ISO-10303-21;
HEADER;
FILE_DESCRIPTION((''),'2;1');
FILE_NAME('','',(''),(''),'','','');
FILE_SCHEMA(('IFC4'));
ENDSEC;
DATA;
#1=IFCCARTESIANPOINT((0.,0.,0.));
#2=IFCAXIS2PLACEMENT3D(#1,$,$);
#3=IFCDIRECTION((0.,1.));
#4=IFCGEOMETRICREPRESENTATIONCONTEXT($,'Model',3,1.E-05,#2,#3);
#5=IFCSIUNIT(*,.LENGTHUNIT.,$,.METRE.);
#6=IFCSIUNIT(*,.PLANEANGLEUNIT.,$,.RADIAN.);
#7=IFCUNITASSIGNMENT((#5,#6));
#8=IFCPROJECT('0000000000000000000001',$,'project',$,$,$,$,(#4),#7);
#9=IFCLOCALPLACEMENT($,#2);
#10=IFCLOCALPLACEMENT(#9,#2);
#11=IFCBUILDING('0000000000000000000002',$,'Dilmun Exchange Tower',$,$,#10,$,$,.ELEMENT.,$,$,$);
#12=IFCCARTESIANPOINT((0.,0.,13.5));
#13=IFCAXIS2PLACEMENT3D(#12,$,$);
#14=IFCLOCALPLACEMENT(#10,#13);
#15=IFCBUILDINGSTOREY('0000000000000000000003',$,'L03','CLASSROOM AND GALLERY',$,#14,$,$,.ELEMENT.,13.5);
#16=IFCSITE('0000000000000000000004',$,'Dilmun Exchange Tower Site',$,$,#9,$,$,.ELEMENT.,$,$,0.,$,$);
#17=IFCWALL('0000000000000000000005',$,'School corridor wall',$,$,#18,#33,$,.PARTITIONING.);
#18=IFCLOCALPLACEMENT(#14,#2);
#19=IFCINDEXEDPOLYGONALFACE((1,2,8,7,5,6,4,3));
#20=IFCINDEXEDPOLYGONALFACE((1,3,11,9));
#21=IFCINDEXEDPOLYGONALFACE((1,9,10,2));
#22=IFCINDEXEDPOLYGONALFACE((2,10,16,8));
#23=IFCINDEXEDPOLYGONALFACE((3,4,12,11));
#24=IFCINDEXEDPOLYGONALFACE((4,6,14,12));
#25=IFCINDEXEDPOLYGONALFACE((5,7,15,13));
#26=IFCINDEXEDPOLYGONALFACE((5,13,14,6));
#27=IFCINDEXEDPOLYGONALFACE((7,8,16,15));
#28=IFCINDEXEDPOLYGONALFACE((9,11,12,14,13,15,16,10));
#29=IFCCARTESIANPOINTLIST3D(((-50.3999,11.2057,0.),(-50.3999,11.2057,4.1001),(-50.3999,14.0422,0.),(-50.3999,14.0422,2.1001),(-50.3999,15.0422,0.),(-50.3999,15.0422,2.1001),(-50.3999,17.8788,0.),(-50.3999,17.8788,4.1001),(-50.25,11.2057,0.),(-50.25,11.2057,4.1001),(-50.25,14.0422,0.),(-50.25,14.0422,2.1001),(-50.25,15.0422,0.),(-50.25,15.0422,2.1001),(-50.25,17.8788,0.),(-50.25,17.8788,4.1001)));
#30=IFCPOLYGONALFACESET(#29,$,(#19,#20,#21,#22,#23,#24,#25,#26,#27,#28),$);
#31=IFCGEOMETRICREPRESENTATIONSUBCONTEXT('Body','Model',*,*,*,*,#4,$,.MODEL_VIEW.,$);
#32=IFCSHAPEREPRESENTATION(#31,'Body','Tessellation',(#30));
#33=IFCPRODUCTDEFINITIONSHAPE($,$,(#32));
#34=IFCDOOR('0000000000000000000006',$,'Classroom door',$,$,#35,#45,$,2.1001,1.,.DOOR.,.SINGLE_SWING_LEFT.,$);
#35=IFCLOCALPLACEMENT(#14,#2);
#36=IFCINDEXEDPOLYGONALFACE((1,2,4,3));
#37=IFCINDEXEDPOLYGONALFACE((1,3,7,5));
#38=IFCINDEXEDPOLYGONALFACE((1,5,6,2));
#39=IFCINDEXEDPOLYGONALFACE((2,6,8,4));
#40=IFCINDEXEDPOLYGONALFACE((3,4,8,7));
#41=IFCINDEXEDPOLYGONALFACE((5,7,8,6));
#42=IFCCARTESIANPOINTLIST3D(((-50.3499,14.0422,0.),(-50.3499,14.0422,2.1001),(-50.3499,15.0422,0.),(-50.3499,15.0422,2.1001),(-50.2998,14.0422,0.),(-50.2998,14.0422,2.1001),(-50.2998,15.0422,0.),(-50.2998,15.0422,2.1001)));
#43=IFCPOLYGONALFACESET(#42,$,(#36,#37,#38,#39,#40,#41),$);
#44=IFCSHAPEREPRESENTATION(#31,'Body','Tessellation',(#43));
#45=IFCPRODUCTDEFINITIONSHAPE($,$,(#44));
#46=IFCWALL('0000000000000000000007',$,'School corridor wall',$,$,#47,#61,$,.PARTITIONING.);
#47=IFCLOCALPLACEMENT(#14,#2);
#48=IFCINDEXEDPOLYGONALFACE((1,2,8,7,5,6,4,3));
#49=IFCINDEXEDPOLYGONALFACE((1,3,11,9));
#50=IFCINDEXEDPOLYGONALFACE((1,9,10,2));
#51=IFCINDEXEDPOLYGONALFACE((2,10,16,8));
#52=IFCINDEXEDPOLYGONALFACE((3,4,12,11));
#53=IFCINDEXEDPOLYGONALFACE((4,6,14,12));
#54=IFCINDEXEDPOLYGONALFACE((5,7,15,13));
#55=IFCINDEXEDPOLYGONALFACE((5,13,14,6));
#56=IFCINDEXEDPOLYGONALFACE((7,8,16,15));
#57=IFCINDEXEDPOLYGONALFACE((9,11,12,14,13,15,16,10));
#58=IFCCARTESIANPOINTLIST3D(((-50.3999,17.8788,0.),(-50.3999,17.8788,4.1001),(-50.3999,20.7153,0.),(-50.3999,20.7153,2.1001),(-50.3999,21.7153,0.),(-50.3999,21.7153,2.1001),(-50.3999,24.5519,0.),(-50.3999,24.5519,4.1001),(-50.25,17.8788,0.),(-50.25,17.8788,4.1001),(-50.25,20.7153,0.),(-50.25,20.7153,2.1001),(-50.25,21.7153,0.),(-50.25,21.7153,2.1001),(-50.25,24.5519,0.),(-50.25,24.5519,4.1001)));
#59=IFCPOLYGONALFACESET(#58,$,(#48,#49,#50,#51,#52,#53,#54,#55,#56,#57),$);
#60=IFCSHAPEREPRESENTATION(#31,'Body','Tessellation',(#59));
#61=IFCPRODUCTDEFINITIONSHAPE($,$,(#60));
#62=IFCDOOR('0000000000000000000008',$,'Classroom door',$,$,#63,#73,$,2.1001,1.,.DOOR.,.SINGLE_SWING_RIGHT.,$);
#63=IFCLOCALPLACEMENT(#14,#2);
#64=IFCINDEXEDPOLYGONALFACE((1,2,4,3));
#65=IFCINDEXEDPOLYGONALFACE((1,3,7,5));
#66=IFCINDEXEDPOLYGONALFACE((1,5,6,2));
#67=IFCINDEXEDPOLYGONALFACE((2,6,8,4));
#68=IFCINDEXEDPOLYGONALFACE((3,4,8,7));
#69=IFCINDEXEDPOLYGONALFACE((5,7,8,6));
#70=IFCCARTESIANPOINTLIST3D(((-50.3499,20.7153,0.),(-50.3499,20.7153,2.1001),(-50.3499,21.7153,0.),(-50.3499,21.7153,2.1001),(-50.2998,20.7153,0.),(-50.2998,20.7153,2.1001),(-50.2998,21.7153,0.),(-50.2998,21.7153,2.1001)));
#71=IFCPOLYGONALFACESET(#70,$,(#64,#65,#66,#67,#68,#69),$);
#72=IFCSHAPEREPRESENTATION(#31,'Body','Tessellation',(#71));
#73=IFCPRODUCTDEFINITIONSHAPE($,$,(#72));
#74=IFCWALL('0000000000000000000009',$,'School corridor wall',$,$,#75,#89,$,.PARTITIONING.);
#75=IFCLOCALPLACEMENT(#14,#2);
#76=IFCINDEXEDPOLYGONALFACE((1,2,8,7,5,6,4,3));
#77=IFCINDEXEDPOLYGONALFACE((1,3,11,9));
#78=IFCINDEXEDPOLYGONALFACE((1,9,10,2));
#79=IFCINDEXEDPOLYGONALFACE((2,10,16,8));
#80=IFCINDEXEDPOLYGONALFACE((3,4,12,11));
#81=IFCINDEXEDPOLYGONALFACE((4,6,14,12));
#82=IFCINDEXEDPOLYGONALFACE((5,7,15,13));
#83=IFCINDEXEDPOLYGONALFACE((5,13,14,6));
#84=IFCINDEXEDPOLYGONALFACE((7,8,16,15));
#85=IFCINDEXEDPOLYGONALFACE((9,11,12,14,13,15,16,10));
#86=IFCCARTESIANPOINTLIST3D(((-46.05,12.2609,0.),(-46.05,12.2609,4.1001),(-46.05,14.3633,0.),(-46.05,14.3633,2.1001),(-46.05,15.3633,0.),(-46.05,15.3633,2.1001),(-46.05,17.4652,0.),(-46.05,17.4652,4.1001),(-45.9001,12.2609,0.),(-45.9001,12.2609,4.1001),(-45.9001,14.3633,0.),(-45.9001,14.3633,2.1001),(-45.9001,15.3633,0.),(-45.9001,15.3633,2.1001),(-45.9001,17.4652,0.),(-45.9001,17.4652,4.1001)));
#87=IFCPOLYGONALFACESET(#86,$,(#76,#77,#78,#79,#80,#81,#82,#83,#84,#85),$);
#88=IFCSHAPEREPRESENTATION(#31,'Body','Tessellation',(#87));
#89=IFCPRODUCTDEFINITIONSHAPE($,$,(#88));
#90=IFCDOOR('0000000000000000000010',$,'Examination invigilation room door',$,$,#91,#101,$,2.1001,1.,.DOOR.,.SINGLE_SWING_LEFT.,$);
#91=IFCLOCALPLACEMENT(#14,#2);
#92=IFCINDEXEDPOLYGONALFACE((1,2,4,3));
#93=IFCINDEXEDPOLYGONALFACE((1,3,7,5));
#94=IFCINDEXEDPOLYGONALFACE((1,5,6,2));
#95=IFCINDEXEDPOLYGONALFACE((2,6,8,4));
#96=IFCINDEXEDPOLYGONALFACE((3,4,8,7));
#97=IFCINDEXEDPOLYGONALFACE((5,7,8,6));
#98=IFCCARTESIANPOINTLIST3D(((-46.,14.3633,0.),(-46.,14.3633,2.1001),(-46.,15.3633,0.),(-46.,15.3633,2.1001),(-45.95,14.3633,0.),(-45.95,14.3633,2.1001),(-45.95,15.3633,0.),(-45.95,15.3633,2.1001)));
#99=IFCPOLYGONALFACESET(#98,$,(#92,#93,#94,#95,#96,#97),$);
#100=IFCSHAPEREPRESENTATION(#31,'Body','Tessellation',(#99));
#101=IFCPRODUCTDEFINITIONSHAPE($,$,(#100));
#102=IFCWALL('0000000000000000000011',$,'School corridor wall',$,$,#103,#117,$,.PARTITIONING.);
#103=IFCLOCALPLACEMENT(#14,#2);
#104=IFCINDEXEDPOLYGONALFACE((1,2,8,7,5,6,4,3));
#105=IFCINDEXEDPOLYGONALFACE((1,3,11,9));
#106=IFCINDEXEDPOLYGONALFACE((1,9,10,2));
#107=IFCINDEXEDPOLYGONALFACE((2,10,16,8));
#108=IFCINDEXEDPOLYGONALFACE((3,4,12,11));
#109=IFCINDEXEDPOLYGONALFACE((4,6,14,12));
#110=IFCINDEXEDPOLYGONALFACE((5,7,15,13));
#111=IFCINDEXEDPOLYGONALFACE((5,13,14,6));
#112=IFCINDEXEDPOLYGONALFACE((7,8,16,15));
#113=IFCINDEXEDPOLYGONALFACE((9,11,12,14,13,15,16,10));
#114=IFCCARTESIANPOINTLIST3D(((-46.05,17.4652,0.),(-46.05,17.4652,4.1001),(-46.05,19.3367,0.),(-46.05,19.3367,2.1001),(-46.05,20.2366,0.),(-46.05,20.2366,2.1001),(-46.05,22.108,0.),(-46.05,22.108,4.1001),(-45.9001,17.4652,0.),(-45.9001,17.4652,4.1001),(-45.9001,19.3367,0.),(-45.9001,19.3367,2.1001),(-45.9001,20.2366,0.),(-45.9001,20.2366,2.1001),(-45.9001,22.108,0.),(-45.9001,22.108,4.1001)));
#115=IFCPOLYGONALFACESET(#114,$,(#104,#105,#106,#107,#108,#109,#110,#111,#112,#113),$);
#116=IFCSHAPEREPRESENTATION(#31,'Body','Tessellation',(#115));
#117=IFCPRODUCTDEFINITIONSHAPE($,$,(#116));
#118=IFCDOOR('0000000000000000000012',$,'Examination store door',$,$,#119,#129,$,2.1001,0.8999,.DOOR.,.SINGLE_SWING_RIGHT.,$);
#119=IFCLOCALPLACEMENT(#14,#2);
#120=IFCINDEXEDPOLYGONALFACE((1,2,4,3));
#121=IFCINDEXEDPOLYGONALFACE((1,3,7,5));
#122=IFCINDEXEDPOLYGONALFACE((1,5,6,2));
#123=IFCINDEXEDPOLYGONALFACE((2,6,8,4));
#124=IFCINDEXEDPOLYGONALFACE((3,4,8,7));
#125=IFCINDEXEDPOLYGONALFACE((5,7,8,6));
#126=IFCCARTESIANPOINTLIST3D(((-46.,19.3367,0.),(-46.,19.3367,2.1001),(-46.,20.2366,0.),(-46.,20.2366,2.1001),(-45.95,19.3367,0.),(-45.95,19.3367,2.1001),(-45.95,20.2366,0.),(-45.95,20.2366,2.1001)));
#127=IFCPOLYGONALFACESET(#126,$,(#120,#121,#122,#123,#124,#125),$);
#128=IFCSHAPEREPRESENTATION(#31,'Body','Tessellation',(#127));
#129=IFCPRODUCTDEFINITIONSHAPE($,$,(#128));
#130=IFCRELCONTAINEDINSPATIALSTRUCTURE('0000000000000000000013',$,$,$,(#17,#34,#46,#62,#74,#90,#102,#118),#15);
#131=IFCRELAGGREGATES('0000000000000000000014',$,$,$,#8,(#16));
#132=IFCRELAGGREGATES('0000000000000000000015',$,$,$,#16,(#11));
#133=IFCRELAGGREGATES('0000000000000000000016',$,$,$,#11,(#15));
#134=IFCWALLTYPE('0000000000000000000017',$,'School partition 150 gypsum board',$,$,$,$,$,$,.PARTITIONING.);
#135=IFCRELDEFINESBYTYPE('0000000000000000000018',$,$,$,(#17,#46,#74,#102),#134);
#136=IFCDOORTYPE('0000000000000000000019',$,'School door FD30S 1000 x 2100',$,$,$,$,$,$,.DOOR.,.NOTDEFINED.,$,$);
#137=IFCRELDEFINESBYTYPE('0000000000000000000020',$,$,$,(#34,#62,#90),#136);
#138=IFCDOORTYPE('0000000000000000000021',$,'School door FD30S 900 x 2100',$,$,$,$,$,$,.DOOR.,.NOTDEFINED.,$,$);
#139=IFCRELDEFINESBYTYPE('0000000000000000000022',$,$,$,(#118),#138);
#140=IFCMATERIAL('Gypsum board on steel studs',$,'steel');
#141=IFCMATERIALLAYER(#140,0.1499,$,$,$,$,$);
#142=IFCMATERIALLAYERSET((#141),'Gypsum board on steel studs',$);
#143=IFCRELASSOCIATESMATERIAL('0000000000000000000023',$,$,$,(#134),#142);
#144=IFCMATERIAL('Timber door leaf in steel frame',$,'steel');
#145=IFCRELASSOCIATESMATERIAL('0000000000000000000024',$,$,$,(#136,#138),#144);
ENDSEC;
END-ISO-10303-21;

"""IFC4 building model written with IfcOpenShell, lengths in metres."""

from ifc_helpers import new_model, si_unit, direction, frame, frame_2d, origin, place, context, subcontext, project, spatial, rectangle, extrude, material, layer, layer_set, type_object, element, fill, save


model = new_model("IFC4")

# Units and contexts
model_context = context("Model", 3, precision=1e-05, world=origin(), true_north=direction((0.0, 1.0)))
body_context = subcontext(model_context, "Body", "Model", "MODEL_VIEW")
ifc_project = project(units=[si_unit("LENGTHUNIT", "METRE"), si_unit("PLANEANGLEUNIT", "RADIAN")], contexts=[model_context])

# Site, building, storey
site_placement = place(None, origin())
site = spatial("IfcSite", under=ifc_project, at=site_placement, Name="Dilmun Exchange Tower Site", CompositionType="ELEMENT", RefElevation=0.0)
building_placement = place(site_placement, origin())
building = spatial("IfcBuilding", under=site, at=building_placement, Name="Dilmun Exchange Tower", CompositionType="ELEMENT")
storey_placement = place(building_placement, frame((0.0, 0.0, 13.5)))
storey = spatial("IfcBuildingStorey", under=building, at=storey_placement, Name="L03", Description="CLASSROOM AND GALLERY", CompositionType="ELEMENT", Elevation=13.5)

# Shared definitions
ifc_material_1 = material(Name="Gypsum board on steel studs", Category="steel")
ifc_layer_1 = layer(ifc_material_1, 0.1499)
ifc_layer_set_1 = layer_set([ifc_layer_1], Name="Gypsum board on steel studs")
wall_type_1 = type_object("IfcWallType", Name="School partition 150 gypsum board", PredefinedType="PARTITIONING", material=ifc_layer_set_1)

# Walls, openings, doors
ifc_material_2 = material(Name="Timber door leaf in steel frame", Category="steel")
door_type_1 = type_object("IfcDoorType", Name="School door FD30S 1000 x 2100", OperationType="NOTDEFINED", PredefinedType="DOOR", material=ifc_material_2)
wall_1_placement = place(storey_placement, frame((-50.325, 11.2058, 0.0), z_axis=(0.0, 0.0, 1.0), x_axis=(0.0, 1.0, 0.0)))
wall_1 = element("IfcWall", 1, at=wall_1_placement, inside=storey, type_object=wall_type_1, Name="School corridor wall", PredefinedType="PARTITIONING", context=body_context, shape_type="SweptSolid", body=[
    extrude(rectangle(XDim=6.6731, YDim=0.1499, at=frame_2d((3.3364, 0.0))), origin(), (0.0, 0.0, 1.0), 4.1001),
])
opening_1_placement = place(wall_1_placement, frame((2.8364, 0.0, 0.0)))
opening_1 = element("IfcOpeningElement", 2, at=opening_1_placement, cuts=wall_1, PredefinedType="OPENING", context=body_context, shape_type="SweptSolid", body=[
    extrude(rectangle(XDim=1.0, YDim=2.1001, at=frame_2d((0.5, 1.05))), frame((0.0, 0.085, 0.0), z_axis=(0.0, -1.0, 0.0), x_axis=(1.0, 0.0, 0.0)), (0.0, 0.0, 1.0), 0.1699),
])
door_1_placement = place(opening_1_placement, origin())
door_1 = element("IfcDoor", 3, at=door_1_placement, inside=storey, type_object=door_type_1, Name="Classroom door", OperationType="SINGLE_SWING_LEFT", OverallHeight=2.1001, OverallWidth=1.0, PredefinedType="DOOR", context=body_context, shape_type="SweptSolid", body=[
    extrude(rectangle(XDim=1.0, YDim=2.1001, at=frame_2d((0.5, 1.05))), frame((0.0, 0.0249, 0.0), z_axis=(0.0, -1.0, 0.0), x_axis=(1.0, 0.0, 0.0)), (0.0, 0.0, 1.0), 0.05),
])
fill(opening_1, door_1)
wall_2_placement = place(storey_placement, frame((-50.325, 17.8789, 0.0), z_axis=(0.0, 0.0, 1.0), x_axis=(0.0, 1.0, 0.0)))
wall_2 = element("IfcWall", 4, at=wall_2_placement, inside=storey, type_object=wall_type_1, Name="School corridor wall", PredefinedType="PARTITIONING", context=body_context, shape_type="SweptSolid", body=[
    extrude(rectangle(XDim=6.6731, YDim=0.1499, at=frame_2d((3.3364, 0.0))), origin(), (0.0, 0.0, 1.0), 4.1001),
])
opening_2_placement = place(wall_2_placement, frame((2.8364, 0.0, 0.0)))
opening_2 = element("IfcOpeningElement", 5, at=opening_2_placement, cuts=wall_2, PredefinedType="OPENING", context=body_context, shape_type="SweptSolid", body=[
    extrude(rectangle(XDim=1.0, YDim=2.1001, at=frame_2d((0.5, 1.05))), frame((0.0, 0.085, 0.0), z_axis=(0.0, -1.0, 0.0), x_axis=(1.0, 0.0, 0.0)), (0.0, 0.0, 1.0), 0.1699),
])
door_2_placement = place(opening_2_placement, origin())
door_2 = element("IfcDoor", 6, at=door_2_placement, inside=storey, type_object=door_type_1, Name="Classroom door", OperationType="SINGLE_SWING_RIGHT", OverallHeight=2.1001, OverallWidth=1.0, PredefinedType="DOOR", context=body_context, shape_type="SweptSolid", body=[
    extrude(rectangle(XDim=1.0, YDim=2.1001, at=frame_2d((0.5, 1.05))), frame((0.0, 0.0249, 0.0), z_axis=(0.0, -1.0, 0.0), x_axis=(1.0, 0.0, 0.0)), (0.0, 0.0, 1.0), 0.05),
])
fill(opening_2, door_2)
wall_3_placement = place(storey_placement, frame((-45.9751, 12.261, 0.0), z_axis=(0.0, 0.0, 1.0), x_axis=(0.0, 1.0, 0.0)))
wall_3 = element("IfcWall", 7, at=wall_3_placement, inside=storey, type_object=wall_type_1, Name="School corridor wall", PredefinedType="PARTITIONING", context=body_context, shape_type="SweptSolid", body=[
    extrude(rectangle(XDim=5.2043, YDim=0.1499, at=frame_2d((2.6021, 0.0))), origin(), (0.0, 0.0, 1.0), 4.1001),
])
opening_3_placement = place(wall_3_placement, frame((2.1023, 0.0, 0.0)))
opening_3 = element("IfcOpeningElement", 8, at=opening_3_placement, cuts=wall_3, PredefinedType="OPENING", context=body_context, shape_type="SweptSolid", body=[
    extrude(rectangle(XDim=1.0, YDim=2.1001, at=frame_2d((0.5, 1.05))), frame((0.0, 0.085, 0.0), z_axis=(0.0, -1.0, 0.0), x_axis=(1.0, 0.0, 0.0)), (0.0, 0.0, 1.0), 0.1699),
])
door_3_placement = place(opening_3_placement, origin())
door_3 = element("IfcDoor", 9, at=door_3_placement, inside=storey, type_object=door_type_1, Name="Examination invigilation room door", OperationType="SINGLE_SWING_LEFT", OverallHeight=2.1001, OverallWidth=1.0, PredefinedType="DOOR", context=body_context, shape_type="SweptSolid", body=[
    extrude(rectangle(XDim=1.0, YDim=2.1001, at=frame_2d((0.5, 1.05))), frame((0.0, 0.0249, 0.0), z_axis=(0.0, -1.0, 0.0), x_axis=(1.0, 0.0, 0.0)), (0.0, 0.0, 1.0), 0.05),
])
fill(opening_3, door_3)
wall_4_placement = place(storey_placement, frame((-45.9751, 17.4653, 0.0), z_axis=(0.0, 0.0, 1.0), x_axis=(0.0, 1.0, 0.0)))
wall_4 = element("IfcWall", 10, at=wall_4_placement, inside=storey, type_object=wall_type_1, Name="School corridor wall", PredefinedType="PARTITIONING", context=body_context, shape_type="SweptSolid", body=[
    extrude(rectangle(XDim=4.6428, YDim=0.1499, at=frame_2d((2.3213, 0.0))), origin(), (0.0, 0.0, 1.0), 4.1001),
])
opening_4_placement = place(wall_4_placement, frame((1.8713, 0.0, 0.0)))
opening_4 = element("IfcOpeningElement", 11, at=opening_4_placement, cuts=wall_4, PredefinedType="OPENING", context=body_context, shape_type="SweptSolid", body=[
    extrude(rectangle(XDim=0.8999, YDim=2.1001, at=frame_2d((0.45, 1.05))), frame((0.0, 0.085, 0.0), z_axis=(0.0, -1.0, 0.0), x_axis=(1.0, 0.0, 0.0)), (0.0, 0.0, 1.0), 0.1699),
])
door_type_2 = type_object("IfcDoorType", Name="School door FD30S 900 x 2100", OperationType="NOTDEFINED", PredefinedType="DOOR", material=ifc_material_2)
door_4_placement = place(opening_4_placement, origin())
door_4 = element("IfcDoor", 12, at=door_4_placement, inside=storey, type_object=door_type_2, Name="Examination store door", OperationType="SINGLE_SWING_RIGHT", OverallHeight=2.1001, OverallWidth=0.8999, PredefinedType="DOOR", context=body_context, shape_type="SweptSolid", body=[
    extrude(rectangle(XDim=0.8999, YDim=2.1001, at=frame_2d((0.45, 1.05))), frame((0.0, 0.0249, 0.0), z_axis=(0.0, -1.0, 0.0), x_axis=(1.0, 0.0, 0.0)), (0.0, 0.0, 1.0), 0.05),
])
fill(opening_4, door_4)

save(model, "model.ifc")
